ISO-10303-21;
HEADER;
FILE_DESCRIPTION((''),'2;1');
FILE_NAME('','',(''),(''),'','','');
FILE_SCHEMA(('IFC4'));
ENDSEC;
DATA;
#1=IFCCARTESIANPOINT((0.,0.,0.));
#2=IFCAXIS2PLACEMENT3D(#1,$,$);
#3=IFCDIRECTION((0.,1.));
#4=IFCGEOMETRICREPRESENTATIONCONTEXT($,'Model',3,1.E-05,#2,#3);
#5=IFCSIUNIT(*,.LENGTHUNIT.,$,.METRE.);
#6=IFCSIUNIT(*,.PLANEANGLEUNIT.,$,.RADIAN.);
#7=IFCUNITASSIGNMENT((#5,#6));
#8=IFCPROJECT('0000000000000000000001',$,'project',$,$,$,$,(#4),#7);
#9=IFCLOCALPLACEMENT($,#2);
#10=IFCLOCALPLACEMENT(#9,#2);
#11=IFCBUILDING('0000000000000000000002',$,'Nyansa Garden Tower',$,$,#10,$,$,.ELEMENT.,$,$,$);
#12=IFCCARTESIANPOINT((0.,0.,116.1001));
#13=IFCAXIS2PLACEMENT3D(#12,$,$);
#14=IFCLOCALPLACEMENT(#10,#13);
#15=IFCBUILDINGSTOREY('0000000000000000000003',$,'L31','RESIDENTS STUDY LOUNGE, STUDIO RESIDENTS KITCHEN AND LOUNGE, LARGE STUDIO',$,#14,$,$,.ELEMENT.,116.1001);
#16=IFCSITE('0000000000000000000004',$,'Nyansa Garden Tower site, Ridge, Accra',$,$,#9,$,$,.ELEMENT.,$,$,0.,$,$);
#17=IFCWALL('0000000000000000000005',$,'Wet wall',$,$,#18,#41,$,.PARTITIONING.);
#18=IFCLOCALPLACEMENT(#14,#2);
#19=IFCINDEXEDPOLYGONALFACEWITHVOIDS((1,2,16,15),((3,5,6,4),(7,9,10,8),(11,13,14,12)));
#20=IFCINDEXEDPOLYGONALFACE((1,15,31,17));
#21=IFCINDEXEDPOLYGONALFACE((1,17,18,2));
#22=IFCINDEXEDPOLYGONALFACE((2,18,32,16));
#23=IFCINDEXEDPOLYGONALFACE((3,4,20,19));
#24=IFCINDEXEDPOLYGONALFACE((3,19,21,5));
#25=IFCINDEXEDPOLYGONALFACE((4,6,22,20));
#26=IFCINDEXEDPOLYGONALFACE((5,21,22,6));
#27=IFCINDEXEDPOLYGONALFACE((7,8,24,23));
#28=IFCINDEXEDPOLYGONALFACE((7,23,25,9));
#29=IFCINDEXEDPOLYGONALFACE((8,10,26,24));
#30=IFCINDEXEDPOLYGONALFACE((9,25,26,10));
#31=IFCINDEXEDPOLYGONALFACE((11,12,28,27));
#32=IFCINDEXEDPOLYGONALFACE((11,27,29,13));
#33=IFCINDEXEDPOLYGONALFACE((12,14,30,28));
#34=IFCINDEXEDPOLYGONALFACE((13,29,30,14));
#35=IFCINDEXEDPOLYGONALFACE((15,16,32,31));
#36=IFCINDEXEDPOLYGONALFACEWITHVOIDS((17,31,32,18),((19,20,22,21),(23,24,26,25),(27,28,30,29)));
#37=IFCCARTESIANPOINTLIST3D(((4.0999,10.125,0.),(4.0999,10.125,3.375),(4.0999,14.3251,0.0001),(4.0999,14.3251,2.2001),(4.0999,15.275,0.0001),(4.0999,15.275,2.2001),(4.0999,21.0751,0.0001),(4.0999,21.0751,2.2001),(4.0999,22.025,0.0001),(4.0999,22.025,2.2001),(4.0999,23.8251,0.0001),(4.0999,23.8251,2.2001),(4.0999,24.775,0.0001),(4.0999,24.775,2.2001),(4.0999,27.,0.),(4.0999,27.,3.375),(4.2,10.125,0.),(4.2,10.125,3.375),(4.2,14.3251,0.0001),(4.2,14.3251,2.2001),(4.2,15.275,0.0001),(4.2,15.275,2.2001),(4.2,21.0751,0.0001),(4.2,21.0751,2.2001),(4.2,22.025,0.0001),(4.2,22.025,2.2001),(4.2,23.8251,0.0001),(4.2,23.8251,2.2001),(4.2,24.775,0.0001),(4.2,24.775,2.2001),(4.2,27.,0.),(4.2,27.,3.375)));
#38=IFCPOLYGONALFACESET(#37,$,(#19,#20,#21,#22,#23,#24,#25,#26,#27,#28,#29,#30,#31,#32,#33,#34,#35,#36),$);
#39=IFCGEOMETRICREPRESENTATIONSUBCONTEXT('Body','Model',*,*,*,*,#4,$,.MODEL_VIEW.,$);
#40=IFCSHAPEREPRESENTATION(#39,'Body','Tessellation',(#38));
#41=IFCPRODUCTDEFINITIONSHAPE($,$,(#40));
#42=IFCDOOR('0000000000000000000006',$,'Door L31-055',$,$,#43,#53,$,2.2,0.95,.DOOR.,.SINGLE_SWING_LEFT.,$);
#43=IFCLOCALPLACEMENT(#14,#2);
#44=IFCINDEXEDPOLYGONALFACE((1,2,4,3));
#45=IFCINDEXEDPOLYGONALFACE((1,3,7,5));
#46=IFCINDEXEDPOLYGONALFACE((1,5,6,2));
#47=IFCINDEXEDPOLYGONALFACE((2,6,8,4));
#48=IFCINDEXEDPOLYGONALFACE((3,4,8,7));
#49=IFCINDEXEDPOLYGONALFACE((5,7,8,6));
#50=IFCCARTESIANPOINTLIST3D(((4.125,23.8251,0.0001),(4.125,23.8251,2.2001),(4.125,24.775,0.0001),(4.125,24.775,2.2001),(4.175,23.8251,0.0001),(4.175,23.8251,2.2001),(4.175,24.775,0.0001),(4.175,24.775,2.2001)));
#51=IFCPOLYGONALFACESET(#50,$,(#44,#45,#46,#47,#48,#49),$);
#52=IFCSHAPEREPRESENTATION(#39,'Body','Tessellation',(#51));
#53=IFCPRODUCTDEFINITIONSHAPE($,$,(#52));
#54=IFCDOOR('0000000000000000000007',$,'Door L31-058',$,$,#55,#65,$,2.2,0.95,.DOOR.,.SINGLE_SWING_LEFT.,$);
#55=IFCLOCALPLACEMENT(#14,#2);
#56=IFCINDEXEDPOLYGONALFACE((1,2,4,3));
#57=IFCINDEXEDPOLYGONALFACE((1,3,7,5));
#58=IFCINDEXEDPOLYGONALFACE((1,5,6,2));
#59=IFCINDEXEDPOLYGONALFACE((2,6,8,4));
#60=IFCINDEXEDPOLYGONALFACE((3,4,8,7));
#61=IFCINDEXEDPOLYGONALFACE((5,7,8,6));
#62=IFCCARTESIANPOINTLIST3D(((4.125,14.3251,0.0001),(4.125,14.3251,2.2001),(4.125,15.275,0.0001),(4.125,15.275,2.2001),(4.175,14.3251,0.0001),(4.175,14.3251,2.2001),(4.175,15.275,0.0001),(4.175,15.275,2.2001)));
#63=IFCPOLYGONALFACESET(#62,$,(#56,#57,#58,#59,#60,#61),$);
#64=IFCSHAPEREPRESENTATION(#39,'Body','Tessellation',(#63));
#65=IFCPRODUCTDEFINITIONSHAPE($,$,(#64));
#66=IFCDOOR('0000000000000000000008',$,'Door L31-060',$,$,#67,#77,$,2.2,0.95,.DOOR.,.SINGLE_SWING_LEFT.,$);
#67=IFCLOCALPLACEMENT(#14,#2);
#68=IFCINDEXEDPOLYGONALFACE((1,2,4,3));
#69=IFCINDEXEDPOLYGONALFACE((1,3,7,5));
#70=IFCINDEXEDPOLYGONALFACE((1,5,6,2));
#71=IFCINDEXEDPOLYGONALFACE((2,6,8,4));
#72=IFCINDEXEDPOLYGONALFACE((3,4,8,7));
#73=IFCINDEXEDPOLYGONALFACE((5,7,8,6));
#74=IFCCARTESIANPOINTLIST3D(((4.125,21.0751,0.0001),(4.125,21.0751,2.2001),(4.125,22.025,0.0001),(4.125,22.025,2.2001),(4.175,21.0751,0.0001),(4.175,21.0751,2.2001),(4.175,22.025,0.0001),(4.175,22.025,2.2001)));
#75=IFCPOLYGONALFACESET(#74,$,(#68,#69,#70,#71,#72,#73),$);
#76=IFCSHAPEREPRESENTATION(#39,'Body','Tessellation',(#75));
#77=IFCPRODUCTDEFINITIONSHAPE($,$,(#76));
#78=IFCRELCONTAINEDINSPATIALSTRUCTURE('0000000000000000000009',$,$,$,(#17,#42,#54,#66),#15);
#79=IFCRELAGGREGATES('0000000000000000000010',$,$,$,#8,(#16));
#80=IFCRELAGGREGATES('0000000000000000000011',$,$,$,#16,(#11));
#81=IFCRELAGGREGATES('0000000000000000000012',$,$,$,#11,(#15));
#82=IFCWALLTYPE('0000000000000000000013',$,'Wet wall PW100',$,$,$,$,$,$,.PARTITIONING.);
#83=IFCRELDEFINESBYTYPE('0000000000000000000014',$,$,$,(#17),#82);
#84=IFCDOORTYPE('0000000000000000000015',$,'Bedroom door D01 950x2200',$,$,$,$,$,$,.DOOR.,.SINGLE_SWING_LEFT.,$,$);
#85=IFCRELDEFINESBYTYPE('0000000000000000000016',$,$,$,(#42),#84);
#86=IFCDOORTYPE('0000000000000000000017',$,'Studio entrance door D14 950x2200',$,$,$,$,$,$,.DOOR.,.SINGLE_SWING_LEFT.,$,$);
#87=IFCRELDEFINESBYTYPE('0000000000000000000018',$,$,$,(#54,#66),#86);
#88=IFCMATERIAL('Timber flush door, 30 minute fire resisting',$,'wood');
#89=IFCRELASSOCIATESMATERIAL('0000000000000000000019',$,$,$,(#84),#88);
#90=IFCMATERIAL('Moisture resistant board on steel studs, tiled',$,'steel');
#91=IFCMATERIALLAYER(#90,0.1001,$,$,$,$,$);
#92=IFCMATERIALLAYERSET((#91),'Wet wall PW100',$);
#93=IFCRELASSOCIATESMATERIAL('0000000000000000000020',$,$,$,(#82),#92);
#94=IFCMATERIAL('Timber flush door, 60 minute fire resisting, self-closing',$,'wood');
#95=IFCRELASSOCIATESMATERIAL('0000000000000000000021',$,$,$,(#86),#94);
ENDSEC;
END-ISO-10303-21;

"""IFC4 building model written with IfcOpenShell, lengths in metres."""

from ifc_helpers import new_model, si_unit, direction, frame, frame_2d, origin, place, context, subcontext, project, spatial, rectangle, extrude, material, layer, layer_set, type_object, element, fill, save


model = new_model("IFC4")

# Units and contexts
model_context = context("Model", 3, precision=1e-05, world=origin(), true_north=direction((0.0, 1.0)))
body_context = subcontext(model_context, "Body", "Model", "MODEL_VIEW")
ifc_project = project(units=[si_unit("LENGTHUNIT", "METRE"), si_unit("PLANEANGLEUNIT", "RADIAN")], contexts=[model_context])

# Site, building, storey
site_placement = place(None, origin())
site = spatial("IfcSite", under=ifc_project, at=site_placement, Name="Nyansa Garden Tower site, Ridge, Accra", CompositionType="ELEMENT", RefElevation=0.0)
building_placement = place(site_placement, origin())
building = spatial("IfcBuilding", under=site, at=building_placement, Name="Nyansa Garden Tower", CompositionType="ELEMENT")
storey_placement = place(building_placement, frame((0.0, 0.0, 116.1001)))
storey = spatial("IfcBuildingStorey", under=building, at=storey_placement, Name="L31", Description="RESIDENTS STUDY LOUNGE, STUDIO RESIDENTS KITCHEN AND LOUNGE, LARGE STUDIO", CompositionType="ELEMENT", Elevation=116.1001)

# Shared definitions
ifc_material_1 = material(Name="Timber flush door, 30 minute fire resisting", Category="wood")
door_type_1 = type_object("IfcDoorType", Name="Bedroom door D01 950x2200", OperationType="SINGLE_SWING_LEFT", PredefinedType="DOOR", material=ifc_material_1)
ifc_material_2 = material(Name="Moisture resistant board on steel studs, tiled", Category="steel")
ifc_layer_1 = layer(ifc_material_2, 0.1001)
ifc_layer_set_1 = layer_set([ifc_layer_1], Name="Wet wall PW100")
wall_type_1 = type_object("IfcWallType", Name="Wet wall PW100", PredefinedType="PARTITIONING", material=ifc_layer_set_1)

# Wall, openings, doors
wall_1_placement = place(storey_placement, frame((4.1499, 10.125, 0.0), z_axis=(0.0, 0.0, 1.0), x_axis=(0.0, 1.0, 0.0)))
wall_1 = element("IfcWall", 1, at=wall_1_placement, inside=storey, type_object=wall_type_1, Name="Wet wall", PredefinedType="PARTITIONING", context=body_context, shape_type="SweptSolid", body=[
    extrude(rectangle(XDim=16.875, YDim=0.1001, at=frame_2d((8.4375, 0.0))), origin(), (0.0, 0.0, 1.0), 3.375),
])
opening_1_placement = place(wall_1_placement, frame((13.7, 0.0, 0.0)))
opening_1 = element("IfcOpeningElement", 2, at=opening_1_placement, cuts=wall_1, PredefinedType="OPENING", context=body_context, shape_type="SweptSolid", body=[
    extrude(rectangle(XDim=0.95, YDim=2.2, at=frame_2d((0.4751, 1.1001))), frame((0.0, 0.0601, 0.0), z_axis=(0.0, -1.0, 0.0), x_axis=(1.0, 0.0, 0.0)), (0.0, 0.0, 1.0), 0.1201),
])
opening_2_placement = place(wall_1_placement, frame((4.2, 0.0, 0.0)))
opening_2 = element("IfcOpeningElement", 3, at=opening_2_placement, cuts=wall_1, PredefinedType="OPENING", context=body_context, shape_type="SweptSolid", body=[
    extrude(rectangle(XDim=0.95, YDim=2.2, at=frame_2d((0.4751, 1.1001))), frame((0.0, 0.0601, 0.0), z_axis=(0.0, -1.0, 0.0), x_axis=(1.0, 0.0, 0.0)), (0.0, 0.0, 1.0), 0.1201),
])
opening_3_placement = place(wall_1_placement, frame((10.95, 0.0, 0.0)))
opening_3 = element("IfcOpeningElement", 4, at=opening_3_placement, cuts=wall_1, PredefinedType="OPENING", context=body_context, shape_type="SweptSolid", body=[
    extrude(rectangle(XDim=0.95, YDim=2.2, at=frame_2d((0.4751, 1.1001))), frame((0.0, 0.0601, 0.0), z_axis=(0.0, -1.0, 0.0), x_axis=(1.0, 0.0, 0.0)), (0.0, 0.0, 1.0), 0.1201),
])
door_1_placement = place(opening_1_placement, origin())
door_1 = element("IfcDoor", 5, at=door_1_placement, inside=storey, type_object=door_type_1, Name="Door L31-055", OperationType="SINGLE_SWING_LEFT", OverallHeight=2.2, OverallWidth=0.95, PredefinedType="DOOR", context=body_context, shape_type="SweptSolid", body=[
    extrude(rectangle(XDim=0.95, YDim=2.2, at=frame_2d((0.4751, 1.1001))), frame((0.0, 0.0249, 0.0), z_axis=(0.0, -1.0, 0.0), x_axis=(1.0, 0.0, 0.0)), (0.0, 0.0, 1.0), 0.05),
])
fill(opening_1, door_1)
ifc_material_3 = material(Name="Timber flush door, 60 minute fire resisting, self-closing", Category="wood")
door_type_2 = type_object("IfcDoorType", Name="Studio entrance door D14 950x2200", OperationType="SINGLE_SWING_LEFT", PredefinedType="DOOR", material=ifc_material_3)
door_2_placement = place(opening_2_placement, origin())
door_2 = element("IfcDoor", 6, at=door_2_placement, inside=storey, type_object=door_type_2, Name="Door L31-058", OperationType="SINGLE_SWING_LEFT", OverallHeight=2.2, OverallWidth=0.95, PredefinedType="DOOR", context=body_context, shape_type="SweptSolid", body=[
    extrude(rectangle(XDim=0.95, YDim=2.2, at=frame_2d((0.4751, 1.1001))), frame((0.0, 0.0249, 0.0), z_axis=(0.0, -1.0, 0.0), x_axis=(1.0, 0.0, 0.0)), (0.0, 0.0, 1.0), 0.05),
])
fill(opening_2, door_2)
door_3_placement = place(opening_3_placement, origin())
door_3 = element("IfcDoor", 7, at=door_3_placement, inside=storey, type_object=door_type_2, Name="Door L31-060", OperationType="SINGLE_SWING_LEFT", OverallHeight=2.2, OverallWidth=0.95, PredefinedType="DOOR", context=body_context, shape_type="SweptSolid", body=[
    extrude(rectangle(XDim=0.95, YDim=2.2, at=frame_2d((0.4751, 1.1001))), frame((0.0, 0.0249, 0.0), z_axis=(0.0, -1.0, 0.0), x_axis=(1.0, 0.0, 0.0)), (0.0, 0.0, 1.0), 0.05),
])
fill(opening_3, door_3)

save(model, "model.ifc")
